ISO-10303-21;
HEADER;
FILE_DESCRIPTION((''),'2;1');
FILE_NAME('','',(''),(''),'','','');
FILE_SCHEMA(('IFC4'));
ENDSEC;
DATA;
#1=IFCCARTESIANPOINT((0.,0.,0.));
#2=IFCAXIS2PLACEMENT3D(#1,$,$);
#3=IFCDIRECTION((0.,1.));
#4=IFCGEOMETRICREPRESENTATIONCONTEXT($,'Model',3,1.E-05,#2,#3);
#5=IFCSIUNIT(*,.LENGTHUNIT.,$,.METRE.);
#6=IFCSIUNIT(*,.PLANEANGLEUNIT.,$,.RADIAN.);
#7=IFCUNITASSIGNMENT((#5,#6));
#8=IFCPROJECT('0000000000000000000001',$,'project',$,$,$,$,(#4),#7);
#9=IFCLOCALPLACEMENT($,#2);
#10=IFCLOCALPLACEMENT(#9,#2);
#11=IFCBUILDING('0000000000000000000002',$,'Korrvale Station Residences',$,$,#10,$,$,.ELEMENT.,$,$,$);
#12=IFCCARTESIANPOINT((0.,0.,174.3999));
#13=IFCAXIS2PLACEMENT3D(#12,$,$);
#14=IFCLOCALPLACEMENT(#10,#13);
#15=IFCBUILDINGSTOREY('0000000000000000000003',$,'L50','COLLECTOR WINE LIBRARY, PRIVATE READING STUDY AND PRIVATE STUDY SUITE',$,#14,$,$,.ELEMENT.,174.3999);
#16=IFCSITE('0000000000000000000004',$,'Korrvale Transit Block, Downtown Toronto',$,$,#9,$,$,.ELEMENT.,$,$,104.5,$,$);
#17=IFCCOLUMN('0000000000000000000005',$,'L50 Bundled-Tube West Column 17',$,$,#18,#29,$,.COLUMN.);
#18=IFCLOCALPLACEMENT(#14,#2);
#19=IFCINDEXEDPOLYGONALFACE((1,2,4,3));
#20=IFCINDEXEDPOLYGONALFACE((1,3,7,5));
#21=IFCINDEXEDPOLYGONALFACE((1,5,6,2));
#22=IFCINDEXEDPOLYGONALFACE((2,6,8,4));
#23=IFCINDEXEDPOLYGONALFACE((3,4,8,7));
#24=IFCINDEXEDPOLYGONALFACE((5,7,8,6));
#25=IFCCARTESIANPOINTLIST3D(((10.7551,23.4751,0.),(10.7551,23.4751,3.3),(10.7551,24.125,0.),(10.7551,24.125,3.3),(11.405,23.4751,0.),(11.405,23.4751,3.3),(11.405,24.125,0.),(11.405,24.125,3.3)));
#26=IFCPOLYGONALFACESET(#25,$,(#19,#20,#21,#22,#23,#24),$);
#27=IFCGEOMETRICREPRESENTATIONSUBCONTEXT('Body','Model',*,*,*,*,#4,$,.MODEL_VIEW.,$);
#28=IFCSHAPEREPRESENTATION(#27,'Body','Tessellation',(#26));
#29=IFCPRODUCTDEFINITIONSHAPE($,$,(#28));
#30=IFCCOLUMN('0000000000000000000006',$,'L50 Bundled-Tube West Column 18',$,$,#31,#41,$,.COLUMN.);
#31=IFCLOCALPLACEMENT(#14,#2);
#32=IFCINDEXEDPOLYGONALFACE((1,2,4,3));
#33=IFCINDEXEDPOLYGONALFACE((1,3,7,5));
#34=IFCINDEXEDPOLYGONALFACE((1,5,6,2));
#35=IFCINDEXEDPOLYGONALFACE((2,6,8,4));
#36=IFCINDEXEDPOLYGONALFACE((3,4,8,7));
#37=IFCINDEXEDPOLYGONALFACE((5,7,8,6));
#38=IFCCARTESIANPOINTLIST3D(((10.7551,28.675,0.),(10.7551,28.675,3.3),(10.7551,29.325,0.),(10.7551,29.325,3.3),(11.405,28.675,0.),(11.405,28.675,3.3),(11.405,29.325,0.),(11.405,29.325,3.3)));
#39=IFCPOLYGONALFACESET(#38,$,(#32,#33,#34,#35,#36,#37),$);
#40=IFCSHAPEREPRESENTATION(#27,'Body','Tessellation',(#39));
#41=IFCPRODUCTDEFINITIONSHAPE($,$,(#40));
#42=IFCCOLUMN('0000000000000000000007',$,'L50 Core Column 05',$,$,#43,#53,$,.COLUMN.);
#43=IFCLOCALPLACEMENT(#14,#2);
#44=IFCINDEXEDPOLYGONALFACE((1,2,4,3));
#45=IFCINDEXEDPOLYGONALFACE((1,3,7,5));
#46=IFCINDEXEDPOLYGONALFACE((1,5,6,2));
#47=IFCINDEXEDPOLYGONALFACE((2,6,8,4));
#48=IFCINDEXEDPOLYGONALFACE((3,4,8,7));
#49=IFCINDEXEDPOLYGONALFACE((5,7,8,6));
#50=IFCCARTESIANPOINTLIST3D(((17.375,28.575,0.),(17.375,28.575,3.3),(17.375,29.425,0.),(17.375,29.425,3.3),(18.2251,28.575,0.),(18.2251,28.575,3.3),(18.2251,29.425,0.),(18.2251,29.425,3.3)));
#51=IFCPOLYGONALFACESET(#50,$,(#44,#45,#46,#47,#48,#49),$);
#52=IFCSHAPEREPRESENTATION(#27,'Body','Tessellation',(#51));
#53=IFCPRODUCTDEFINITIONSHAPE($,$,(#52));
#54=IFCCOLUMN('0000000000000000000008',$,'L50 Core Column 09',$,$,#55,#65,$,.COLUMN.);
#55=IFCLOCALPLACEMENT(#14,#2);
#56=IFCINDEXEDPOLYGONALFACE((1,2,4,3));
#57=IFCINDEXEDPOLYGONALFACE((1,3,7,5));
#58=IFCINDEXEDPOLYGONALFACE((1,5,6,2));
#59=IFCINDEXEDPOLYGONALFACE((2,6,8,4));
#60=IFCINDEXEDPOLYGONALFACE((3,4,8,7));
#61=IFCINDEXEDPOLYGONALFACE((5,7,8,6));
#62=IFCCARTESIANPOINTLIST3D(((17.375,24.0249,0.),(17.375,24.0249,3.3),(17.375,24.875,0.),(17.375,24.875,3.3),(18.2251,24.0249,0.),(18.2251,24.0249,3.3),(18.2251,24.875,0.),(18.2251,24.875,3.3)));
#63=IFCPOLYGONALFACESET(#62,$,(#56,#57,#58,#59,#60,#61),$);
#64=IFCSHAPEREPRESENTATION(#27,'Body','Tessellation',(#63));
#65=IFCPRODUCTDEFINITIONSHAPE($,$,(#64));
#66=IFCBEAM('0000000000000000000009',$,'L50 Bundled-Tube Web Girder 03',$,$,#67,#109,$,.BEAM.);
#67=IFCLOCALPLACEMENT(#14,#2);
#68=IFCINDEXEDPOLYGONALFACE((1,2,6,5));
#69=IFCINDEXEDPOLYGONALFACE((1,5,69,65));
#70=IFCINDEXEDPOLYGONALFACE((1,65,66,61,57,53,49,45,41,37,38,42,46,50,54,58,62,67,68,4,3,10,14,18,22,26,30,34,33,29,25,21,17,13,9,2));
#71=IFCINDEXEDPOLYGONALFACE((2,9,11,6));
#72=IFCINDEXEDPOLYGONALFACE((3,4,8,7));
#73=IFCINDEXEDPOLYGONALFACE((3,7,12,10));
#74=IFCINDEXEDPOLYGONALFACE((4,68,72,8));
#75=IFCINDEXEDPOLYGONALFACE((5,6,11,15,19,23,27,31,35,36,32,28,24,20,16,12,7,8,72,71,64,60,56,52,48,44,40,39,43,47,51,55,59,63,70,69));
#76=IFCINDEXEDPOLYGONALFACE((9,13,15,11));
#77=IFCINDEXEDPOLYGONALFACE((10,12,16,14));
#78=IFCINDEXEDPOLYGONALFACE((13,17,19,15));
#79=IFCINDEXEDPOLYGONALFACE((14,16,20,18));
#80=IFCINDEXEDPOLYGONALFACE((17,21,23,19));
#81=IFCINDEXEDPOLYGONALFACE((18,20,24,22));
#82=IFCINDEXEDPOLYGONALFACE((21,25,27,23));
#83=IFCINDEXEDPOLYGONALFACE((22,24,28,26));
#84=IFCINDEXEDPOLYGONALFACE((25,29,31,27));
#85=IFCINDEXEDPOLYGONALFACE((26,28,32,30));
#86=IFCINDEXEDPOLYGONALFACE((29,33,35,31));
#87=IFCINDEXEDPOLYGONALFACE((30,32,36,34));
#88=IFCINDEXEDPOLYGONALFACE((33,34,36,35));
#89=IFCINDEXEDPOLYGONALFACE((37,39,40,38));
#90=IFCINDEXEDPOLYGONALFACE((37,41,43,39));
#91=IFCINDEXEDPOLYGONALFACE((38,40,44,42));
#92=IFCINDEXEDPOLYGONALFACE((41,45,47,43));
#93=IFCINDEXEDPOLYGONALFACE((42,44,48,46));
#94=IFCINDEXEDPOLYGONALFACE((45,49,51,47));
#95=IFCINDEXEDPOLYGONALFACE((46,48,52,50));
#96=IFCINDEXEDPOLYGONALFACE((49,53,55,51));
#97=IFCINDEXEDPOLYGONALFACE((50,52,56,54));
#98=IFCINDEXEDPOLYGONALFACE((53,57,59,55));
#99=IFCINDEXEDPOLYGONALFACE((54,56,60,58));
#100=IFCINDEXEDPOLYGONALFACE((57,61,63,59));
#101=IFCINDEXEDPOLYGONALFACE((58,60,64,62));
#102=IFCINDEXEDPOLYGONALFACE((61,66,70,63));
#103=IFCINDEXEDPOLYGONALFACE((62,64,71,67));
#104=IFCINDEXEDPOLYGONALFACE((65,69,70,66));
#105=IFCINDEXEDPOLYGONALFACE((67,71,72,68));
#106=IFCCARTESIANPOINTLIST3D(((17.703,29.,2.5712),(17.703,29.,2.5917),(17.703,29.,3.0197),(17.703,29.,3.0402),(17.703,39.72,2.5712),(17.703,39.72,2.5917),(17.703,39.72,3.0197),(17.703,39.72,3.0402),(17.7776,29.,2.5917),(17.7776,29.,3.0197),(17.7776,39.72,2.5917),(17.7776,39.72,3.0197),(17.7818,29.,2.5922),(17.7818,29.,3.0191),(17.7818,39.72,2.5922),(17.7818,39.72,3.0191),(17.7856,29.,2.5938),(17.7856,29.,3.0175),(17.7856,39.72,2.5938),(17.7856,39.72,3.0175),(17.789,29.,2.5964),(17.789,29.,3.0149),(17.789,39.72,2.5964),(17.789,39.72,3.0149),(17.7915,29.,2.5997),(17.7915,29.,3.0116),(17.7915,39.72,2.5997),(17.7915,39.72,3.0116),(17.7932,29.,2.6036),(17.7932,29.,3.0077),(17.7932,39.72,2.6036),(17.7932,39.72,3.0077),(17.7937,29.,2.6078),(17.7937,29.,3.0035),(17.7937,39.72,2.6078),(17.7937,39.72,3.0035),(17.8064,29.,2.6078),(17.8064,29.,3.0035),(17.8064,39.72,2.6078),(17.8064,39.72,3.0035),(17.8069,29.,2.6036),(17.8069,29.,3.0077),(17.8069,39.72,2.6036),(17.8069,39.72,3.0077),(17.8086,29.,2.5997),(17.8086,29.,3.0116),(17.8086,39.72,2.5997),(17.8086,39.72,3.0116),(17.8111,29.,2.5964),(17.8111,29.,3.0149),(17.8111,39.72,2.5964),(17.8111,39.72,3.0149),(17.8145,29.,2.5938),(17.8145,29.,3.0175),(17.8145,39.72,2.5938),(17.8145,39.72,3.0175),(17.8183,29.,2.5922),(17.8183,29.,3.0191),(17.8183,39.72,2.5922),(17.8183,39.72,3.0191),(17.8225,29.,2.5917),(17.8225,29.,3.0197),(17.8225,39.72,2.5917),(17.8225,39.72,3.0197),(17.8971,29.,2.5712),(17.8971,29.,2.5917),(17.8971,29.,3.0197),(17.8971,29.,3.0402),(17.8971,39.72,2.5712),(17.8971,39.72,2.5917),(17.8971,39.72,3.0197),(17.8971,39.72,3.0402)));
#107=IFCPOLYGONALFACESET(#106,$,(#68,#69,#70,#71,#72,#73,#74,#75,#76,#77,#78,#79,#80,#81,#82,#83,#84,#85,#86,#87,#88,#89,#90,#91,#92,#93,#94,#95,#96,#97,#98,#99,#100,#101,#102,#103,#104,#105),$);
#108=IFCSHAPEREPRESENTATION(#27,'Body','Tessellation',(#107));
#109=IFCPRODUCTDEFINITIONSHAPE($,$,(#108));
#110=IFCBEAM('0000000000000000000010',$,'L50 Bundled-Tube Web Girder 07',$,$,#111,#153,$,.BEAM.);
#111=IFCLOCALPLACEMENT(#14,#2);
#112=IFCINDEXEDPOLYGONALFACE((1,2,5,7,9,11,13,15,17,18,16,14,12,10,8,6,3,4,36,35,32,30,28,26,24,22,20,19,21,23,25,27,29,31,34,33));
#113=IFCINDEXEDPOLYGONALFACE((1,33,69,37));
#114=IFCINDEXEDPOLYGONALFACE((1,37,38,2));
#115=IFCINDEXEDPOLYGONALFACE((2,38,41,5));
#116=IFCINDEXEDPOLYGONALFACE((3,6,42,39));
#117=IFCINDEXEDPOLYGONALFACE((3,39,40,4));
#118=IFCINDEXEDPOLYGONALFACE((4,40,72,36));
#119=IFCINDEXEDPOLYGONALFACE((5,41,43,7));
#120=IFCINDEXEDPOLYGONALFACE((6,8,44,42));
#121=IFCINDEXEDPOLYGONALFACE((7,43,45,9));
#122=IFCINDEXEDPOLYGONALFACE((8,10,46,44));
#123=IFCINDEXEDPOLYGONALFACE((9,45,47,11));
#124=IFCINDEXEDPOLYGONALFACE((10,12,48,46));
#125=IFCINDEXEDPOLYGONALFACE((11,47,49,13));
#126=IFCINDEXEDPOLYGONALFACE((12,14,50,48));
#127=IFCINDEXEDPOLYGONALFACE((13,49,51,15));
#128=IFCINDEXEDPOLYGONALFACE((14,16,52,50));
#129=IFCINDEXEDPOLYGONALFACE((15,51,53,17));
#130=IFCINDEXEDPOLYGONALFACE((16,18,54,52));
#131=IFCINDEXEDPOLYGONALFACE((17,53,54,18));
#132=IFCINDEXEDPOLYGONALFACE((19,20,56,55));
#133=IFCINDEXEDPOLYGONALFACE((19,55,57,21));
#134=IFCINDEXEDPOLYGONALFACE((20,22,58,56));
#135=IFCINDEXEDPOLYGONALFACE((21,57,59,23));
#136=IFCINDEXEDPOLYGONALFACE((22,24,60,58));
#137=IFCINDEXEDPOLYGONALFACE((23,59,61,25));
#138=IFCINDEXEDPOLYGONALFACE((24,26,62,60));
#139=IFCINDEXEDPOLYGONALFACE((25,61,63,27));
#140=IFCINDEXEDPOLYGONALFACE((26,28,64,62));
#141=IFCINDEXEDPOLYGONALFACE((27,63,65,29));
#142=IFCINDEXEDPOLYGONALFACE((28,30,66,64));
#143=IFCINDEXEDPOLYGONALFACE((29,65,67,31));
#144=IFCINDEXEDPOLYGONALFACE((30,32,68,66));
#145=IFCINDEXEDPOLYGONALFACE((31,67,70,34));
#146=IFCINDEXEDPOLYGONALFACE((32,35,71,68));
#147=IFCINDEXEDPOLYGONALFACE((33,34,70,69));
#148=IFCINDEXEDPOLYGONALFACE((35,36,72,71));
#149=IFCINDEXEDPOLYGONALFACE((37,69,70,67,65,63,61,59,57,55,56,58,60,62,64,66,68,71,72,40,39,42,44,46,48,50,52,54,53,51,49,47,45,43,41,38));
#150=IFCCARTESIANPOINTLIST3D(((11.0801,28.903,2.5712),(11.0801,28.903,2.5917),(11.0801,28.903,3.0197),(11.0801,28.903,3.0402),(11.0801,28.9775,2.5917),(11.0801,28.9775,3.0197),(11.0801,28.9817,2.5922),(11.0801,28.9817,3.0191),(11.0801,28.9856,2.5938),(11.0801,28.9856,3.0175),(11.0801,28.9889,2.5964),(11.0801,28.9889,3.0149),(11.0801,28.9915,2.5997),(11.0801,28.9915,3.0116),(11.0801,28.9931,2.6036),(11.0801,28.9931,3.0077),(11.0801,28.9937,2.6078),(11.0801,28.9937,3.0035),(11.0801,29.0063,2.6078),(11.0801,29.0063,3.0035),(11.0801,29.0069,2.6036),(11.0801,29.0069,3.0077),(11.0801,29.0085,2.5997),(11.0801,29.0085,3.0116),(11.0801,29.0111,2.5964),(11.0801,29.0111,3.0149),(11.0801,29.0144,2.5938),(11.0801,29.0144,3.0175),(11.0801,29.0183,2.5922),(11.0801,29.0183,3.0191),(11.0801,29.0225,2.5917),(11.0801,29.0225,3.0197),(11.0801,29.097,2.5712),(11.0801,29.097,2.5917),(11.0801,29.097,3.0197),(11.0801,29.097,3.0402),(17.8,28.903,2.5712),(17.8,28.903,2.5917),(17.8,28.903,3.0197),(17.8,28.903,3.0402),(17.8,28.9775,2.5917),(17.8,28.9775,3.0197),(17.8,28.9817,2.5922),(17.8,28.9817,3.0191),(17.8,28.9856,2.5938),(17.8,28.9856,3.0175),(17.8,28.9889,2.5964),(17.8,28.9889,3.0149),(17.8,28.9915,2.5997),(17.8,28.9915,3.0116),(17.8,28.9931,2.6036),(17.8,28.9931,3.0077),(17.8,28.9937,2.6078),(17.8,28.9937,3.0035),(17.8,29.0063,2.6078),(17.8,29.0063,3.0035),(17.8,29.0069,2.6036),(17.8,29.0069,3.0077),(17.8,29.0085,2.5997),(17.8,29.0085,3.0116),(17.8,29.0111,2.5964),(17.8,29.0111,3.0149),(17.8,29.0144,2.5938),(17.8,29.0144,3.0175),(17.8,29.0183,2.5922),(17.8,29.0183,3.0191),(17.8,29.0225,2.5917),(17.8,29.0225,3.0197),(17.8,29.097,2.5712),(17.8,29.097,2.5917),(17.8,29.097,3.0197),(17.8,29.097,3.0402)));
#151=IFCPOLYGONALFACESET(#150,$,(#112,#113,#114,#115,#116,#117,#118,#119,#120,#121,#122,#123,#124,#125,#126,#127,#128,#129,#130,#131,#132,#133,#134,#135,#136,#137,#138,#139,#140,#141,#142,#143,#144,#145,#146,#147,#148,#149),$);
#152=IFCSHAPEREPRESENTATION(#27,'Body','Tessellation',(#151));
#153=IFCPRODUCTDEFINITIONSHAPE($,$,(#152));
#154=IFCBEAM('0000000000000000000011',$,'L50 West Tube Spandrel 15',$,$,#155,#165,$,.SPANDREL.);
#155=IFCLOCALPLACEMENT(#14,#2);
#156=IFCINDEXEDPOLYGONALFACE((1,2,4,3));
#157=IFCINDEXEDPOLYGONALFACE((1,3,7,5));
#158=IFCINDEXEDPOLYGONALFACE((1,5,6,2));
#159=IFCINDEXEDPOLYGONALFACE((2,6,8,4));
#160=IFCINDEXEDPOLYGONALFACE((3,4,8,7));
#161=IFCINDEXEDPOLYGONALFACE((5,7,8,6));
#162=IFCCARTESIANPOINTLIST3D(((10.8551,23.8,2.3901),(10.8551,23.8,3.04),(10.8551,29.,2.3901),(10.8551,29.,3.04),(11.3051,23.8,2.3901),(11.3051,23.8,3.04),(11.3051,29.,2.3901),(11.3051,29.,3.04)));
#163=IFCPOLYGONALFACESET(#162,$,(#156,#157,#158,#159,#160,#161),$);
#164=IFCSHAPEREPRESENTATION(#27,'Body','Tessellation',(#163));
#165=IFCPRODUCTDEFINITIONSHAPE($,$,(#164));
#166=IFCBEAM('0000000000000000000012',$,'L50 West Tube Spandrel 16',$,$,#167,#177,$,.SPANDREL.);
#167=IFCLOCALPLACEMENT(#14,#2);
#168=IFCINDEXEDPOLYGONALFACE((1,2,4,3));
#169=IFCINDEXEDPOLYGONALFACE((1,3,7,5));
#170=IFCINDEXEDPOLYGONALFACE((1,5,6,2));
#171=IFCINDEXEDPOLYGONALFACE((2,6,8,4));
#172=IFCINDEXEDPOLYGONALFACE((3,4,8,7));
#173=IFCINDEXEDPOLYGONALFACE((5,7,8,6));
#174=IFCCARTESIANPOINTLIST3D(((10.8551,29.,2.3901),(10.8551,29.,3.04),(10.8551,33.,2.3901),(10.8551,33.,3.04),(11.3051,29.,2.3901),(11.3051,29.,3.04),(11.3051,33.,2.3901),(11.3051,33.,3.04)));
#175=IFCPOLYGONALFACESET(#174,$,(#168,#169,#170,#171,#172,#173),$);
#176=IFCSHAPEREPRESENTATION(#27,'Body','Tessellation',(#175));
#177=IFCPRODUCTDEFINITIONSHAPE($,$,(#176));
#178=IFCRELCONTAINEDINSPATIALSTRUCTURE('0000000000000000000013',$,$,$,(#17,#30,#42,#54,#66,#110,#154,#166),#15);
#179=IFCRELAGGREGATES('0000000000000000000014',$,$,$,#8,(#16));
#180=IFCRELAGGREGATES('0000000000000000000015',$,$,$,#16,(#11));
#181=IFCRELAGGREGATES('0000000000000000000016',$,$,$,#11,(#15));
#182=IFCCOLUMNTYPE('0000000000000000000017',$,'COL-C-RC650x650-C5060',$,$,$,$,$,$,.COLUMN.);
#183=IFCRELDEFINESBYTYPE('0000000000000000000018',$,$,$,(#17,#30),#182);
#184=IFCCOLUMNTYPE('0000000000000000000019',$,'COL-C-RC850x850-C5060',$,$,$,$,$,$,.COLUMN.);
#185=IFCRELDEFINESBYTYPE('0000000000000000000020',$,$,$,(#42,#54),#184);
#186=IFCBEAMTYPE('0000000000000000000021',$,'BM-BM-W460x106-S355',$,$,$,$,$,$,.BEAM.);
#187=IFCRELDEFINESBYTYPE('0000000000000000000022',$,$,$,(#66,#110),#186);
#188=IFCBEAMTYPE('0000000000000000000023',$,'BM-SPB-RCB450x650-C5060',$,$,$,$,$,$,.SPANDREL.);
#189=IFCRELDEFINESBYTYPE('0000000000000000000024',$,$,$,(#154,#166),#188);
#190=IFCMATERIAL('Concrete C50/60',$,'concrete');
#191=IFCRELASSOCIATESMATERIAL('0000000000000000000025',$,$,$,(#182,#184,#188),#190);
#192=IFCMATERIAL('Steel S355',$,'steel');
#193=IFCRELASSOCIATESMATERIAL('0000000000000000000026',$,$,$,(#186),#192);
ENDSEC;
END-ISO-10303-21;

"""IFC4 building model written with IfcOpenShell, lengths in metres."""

from ifc_helpers import new_model, si_unit, direction, frame, origin, origin_2d, place, context, subcontext, project, spatial, rectangle, i_section, extrude, material, material_profile, profile_set, type_object, element, save


model = new_model("IFC4")

# Units and contexts
model_context = context("Model", 3, precision=1e-05, world=origin(), true_north=direction((0.0, 1.0)))
body_context = subcontext(model_context, "Body", "Model", "MODEL_VIEW")
ifc_project = project(units=[si_unit("LENGTHUNIT", "METRE"), si_unit("PLANEANGLEUNIT", "RADIAN")], contexts=[model_context])

# Site, building, storey
site_placement = place(None, origin())
site = spatial("IfcSite", under=ifc_project, at=site_placement, Name="Korrvale Transit Block, Downtown Toronto", CompositionType="ELEMENT", RefElevation=104.5)
building_placement = place(site_placement, origin())
building = spatial("IfcBuilding", under=site, at=building_placement, Name="Korrvale Station Residences", CompositionType="ELEMENT")
storey_placement = place(building_placement, frame((0.0, 0.0, 174.3999)))
storey = spatial("IfcBuildingStorey", under=building, at=storey_placement, Name="L50", Description="COLLECTOR WINE LIBRARY, PRIVATE READING STUDY AND PRIVATE STUDY SUITE", CompositionType="ELEMENT", Elevation=174.3999)

# Columns
ifc_material_1 = material(Name="Concrete C50/60", Category="concrete")
ifc_material_profile_1 = material_profile(ifc_material_1, rectangle(XDim=0.6499, YDim=0.6499, at=origin_2d()), Name="RC650x650")
ifc_profile_set_1 = profile_set([ifc_material_profile_1], Name="Concrete C50/60")
column_type_1 = type_object("IfcColumnType", Name="COL-C-RC650x650-C5060", PredefinedType="COLUMN", material=ifc_profile_set_1)
for number, where, z_axis, x_axis, name in (
    (1, (11.0801, 23.8, 0.0), (0.0, 0.0, 1.0), (1.0, 0.0, 0.0), "L50 Bundled-Tube West Column 17"),
    (2, (11.0801, 29.0, 0.0), (0.0, 0.0, 1.0), (1.0, 0.0, 0.0), "L50 Bundled-Tube West Column 18"),
):
    element("IfcColumn", number, at=place(storey_placement, frame(where, z_axis=z_axis, x_axis=x_axis)), inside=storey, type_object=column_type_1, Name=name, PredefinedType="COLUMN", context=body_context, shape_type="SweptSolid", body=[
        extrude(rectangle(XDim=0.6499, YDim=0.6499, at=origin_2d()), origin(), (0.0, 0.0, 1.0), 3.3),
    ])
ifc_material_profile_2 = material_profile(ifc_material_1, rectangle(XDim=0.8501, YDim=0.8501, at=origin_2d()), Name="RC850x850")
ifc_profile_set_2 = profile_set([ifc_material_profile_2], Name="Concrete C50/60")
column_type_2 = type_object("IfcColumnType", Name="COL-C-RC850x850-C5060", PredefinedType="COLUMN", material=ifc_profile_set_2)
for number, where, z_axis, x_axis, name in (
    (3, (17.8, 29.0, 0.0), (0.0, 0.0, 1.0), (1.0, 0.0, 0.0), "L50 Core Column 05"),
    (4, (17.8, 24.45, 0.0), (0.0, 0.0, 1.0), (1.0, 0.0, 0.0), "L50 Core Column 09"),
):
    element("IfcColumn", number, at=place(storey_placement, frame(where, z_axis=z_axis, x_axis=x_axis)), inside=storey, type_object=column_type_2, Name=name, PredefinedType="COLUMN", context=body_context, shape_type="SweptSolid", body=[
        extrude(rectangle(XDim=0.8501, YDim=0.8501, at=origin_2d()), origin(), (0.0, 0.0, 1.0), 3.3),
    ])

# Beams
ifc_material_2 = material(Name="Steel S355", Category="steel")
ifc_material_profile_3 = material_profile(ifc_material_2, i_section(OverallWidth=0.1941, OverallDepth=0.469, WebThickness=0.0127, FlangeThickness=0.0205, FilletRadius=0.0161, at=origin_2d()), Name="W460x106")
ifc_profile_set_3 = profile_set([ifc_material_profile_3], Name="Steel S355")
beam_type_1 = type_object("IfcBeamType", Name="BM-BM-W460x106-S355", PredefinedType="BEAM", material=ifc_profile_set_3)
beam_1_placement = place(storey_placement, frame((17.8, 29.0, 2.8057), z_axis=(0.0, 1.0, 0.0), x_axis=(-1.0, 0.0, 0.0)))
element("IfcBeam", 5, at=beam_1_placement, inside=storey, type_object=beam_type_1, Name="L50 Bundled-Tube Web Girder 03", PredefinedType="BEAM", context=body_context, shape_type="SweptSolid", body=[
    extrude(i_section(OverallWidth=0.1941, OverallDepth=0.469, WebThickness=0.0127, FlangeThickness=0.0205, FilletRadius=0.0161, at=origin_2d()), origin(), (0.0, 0.0, 1.0), 10.72),
])
beam_2_placement = place(storey_placement, frame((11.0801, 29.0, 2.8057), z_axis=(1.0, 0.0, 0.0), x_axis=(0.0, 1.0, 0.0)))
element("IfcBeam", 6, at=beam_2_placement, inside=storey, type_object=beam_type_1, Name="L50 Bundled-Tube Web Girder 07", PredefinedType="BEAM", context=body_context, shape_type="SweptSolid", body=[
    extrude(i_section(OverallWidth=0.1941, OverallDepth=0.469, WebThickness=0.0127, FlangeThickness=0.0205, FilletRadius=0.0161, at=origin_2d()), origin(), (0.0, 0.0, 1.0), 6.72),
])
ifc_material_profile_4 = material_profile(ifc_material_1, rectangle(XDim=0.45, YDim=0.6499, at=origin_2d()), Name="RCB450x650")
ifc_profile_set_4 = profile_set([ifc_material_profile_4], Name="Concrete C50/60")
beam_type_2 = type_object("IfcBeamType", Name="BM-SPB-RCB450x650-C5060", PredefinedType="SPANDREL", material=ifc_profile_set_4)
beam_3_placement = place(storey_placement, frame((11.0801, 23.8, 2.7151), z_axis=(0.0, 1.0, 0.0), x_axis=(-1.0, 0.0, 0.0)))
element("IfcBeam", 7, at=beam_3_placement, inside=storey, type_object=beam_type_2, Name="L50 West Tube Spandrel 15", PredefinedType="SPANDREL", context=body_context, shape_type="SweptSolid", body=[
    extrude(rectangle(XDim=0.45, YDim=0.6499, at=origin_2d()), origin(), (0.0, 0.0, 1.0), 5.2),
])
beam_4_placement = place(storey_placement, frame((11.0801, 29.0, 2.7151), z_axis=(0.0, 1.0, 0.0), x_axis=(-1.0, 0.0, 0.0)))
element("IfcBeam", 8, at=beam_4_placement, inside=storey, type_object=beam_type_2, Name="L50 West Tube Spandrel 16", PredefinedType="SPANDREL", context=body_context, shape_type="SweptSolid", body=[
    extrude(rectangle(XDim=0.45, YDim=0.6499, at=origin_2d()), origin(), (0.0, 0.0, 1.0), 4.0),
])

save(model, "model.ifc")
